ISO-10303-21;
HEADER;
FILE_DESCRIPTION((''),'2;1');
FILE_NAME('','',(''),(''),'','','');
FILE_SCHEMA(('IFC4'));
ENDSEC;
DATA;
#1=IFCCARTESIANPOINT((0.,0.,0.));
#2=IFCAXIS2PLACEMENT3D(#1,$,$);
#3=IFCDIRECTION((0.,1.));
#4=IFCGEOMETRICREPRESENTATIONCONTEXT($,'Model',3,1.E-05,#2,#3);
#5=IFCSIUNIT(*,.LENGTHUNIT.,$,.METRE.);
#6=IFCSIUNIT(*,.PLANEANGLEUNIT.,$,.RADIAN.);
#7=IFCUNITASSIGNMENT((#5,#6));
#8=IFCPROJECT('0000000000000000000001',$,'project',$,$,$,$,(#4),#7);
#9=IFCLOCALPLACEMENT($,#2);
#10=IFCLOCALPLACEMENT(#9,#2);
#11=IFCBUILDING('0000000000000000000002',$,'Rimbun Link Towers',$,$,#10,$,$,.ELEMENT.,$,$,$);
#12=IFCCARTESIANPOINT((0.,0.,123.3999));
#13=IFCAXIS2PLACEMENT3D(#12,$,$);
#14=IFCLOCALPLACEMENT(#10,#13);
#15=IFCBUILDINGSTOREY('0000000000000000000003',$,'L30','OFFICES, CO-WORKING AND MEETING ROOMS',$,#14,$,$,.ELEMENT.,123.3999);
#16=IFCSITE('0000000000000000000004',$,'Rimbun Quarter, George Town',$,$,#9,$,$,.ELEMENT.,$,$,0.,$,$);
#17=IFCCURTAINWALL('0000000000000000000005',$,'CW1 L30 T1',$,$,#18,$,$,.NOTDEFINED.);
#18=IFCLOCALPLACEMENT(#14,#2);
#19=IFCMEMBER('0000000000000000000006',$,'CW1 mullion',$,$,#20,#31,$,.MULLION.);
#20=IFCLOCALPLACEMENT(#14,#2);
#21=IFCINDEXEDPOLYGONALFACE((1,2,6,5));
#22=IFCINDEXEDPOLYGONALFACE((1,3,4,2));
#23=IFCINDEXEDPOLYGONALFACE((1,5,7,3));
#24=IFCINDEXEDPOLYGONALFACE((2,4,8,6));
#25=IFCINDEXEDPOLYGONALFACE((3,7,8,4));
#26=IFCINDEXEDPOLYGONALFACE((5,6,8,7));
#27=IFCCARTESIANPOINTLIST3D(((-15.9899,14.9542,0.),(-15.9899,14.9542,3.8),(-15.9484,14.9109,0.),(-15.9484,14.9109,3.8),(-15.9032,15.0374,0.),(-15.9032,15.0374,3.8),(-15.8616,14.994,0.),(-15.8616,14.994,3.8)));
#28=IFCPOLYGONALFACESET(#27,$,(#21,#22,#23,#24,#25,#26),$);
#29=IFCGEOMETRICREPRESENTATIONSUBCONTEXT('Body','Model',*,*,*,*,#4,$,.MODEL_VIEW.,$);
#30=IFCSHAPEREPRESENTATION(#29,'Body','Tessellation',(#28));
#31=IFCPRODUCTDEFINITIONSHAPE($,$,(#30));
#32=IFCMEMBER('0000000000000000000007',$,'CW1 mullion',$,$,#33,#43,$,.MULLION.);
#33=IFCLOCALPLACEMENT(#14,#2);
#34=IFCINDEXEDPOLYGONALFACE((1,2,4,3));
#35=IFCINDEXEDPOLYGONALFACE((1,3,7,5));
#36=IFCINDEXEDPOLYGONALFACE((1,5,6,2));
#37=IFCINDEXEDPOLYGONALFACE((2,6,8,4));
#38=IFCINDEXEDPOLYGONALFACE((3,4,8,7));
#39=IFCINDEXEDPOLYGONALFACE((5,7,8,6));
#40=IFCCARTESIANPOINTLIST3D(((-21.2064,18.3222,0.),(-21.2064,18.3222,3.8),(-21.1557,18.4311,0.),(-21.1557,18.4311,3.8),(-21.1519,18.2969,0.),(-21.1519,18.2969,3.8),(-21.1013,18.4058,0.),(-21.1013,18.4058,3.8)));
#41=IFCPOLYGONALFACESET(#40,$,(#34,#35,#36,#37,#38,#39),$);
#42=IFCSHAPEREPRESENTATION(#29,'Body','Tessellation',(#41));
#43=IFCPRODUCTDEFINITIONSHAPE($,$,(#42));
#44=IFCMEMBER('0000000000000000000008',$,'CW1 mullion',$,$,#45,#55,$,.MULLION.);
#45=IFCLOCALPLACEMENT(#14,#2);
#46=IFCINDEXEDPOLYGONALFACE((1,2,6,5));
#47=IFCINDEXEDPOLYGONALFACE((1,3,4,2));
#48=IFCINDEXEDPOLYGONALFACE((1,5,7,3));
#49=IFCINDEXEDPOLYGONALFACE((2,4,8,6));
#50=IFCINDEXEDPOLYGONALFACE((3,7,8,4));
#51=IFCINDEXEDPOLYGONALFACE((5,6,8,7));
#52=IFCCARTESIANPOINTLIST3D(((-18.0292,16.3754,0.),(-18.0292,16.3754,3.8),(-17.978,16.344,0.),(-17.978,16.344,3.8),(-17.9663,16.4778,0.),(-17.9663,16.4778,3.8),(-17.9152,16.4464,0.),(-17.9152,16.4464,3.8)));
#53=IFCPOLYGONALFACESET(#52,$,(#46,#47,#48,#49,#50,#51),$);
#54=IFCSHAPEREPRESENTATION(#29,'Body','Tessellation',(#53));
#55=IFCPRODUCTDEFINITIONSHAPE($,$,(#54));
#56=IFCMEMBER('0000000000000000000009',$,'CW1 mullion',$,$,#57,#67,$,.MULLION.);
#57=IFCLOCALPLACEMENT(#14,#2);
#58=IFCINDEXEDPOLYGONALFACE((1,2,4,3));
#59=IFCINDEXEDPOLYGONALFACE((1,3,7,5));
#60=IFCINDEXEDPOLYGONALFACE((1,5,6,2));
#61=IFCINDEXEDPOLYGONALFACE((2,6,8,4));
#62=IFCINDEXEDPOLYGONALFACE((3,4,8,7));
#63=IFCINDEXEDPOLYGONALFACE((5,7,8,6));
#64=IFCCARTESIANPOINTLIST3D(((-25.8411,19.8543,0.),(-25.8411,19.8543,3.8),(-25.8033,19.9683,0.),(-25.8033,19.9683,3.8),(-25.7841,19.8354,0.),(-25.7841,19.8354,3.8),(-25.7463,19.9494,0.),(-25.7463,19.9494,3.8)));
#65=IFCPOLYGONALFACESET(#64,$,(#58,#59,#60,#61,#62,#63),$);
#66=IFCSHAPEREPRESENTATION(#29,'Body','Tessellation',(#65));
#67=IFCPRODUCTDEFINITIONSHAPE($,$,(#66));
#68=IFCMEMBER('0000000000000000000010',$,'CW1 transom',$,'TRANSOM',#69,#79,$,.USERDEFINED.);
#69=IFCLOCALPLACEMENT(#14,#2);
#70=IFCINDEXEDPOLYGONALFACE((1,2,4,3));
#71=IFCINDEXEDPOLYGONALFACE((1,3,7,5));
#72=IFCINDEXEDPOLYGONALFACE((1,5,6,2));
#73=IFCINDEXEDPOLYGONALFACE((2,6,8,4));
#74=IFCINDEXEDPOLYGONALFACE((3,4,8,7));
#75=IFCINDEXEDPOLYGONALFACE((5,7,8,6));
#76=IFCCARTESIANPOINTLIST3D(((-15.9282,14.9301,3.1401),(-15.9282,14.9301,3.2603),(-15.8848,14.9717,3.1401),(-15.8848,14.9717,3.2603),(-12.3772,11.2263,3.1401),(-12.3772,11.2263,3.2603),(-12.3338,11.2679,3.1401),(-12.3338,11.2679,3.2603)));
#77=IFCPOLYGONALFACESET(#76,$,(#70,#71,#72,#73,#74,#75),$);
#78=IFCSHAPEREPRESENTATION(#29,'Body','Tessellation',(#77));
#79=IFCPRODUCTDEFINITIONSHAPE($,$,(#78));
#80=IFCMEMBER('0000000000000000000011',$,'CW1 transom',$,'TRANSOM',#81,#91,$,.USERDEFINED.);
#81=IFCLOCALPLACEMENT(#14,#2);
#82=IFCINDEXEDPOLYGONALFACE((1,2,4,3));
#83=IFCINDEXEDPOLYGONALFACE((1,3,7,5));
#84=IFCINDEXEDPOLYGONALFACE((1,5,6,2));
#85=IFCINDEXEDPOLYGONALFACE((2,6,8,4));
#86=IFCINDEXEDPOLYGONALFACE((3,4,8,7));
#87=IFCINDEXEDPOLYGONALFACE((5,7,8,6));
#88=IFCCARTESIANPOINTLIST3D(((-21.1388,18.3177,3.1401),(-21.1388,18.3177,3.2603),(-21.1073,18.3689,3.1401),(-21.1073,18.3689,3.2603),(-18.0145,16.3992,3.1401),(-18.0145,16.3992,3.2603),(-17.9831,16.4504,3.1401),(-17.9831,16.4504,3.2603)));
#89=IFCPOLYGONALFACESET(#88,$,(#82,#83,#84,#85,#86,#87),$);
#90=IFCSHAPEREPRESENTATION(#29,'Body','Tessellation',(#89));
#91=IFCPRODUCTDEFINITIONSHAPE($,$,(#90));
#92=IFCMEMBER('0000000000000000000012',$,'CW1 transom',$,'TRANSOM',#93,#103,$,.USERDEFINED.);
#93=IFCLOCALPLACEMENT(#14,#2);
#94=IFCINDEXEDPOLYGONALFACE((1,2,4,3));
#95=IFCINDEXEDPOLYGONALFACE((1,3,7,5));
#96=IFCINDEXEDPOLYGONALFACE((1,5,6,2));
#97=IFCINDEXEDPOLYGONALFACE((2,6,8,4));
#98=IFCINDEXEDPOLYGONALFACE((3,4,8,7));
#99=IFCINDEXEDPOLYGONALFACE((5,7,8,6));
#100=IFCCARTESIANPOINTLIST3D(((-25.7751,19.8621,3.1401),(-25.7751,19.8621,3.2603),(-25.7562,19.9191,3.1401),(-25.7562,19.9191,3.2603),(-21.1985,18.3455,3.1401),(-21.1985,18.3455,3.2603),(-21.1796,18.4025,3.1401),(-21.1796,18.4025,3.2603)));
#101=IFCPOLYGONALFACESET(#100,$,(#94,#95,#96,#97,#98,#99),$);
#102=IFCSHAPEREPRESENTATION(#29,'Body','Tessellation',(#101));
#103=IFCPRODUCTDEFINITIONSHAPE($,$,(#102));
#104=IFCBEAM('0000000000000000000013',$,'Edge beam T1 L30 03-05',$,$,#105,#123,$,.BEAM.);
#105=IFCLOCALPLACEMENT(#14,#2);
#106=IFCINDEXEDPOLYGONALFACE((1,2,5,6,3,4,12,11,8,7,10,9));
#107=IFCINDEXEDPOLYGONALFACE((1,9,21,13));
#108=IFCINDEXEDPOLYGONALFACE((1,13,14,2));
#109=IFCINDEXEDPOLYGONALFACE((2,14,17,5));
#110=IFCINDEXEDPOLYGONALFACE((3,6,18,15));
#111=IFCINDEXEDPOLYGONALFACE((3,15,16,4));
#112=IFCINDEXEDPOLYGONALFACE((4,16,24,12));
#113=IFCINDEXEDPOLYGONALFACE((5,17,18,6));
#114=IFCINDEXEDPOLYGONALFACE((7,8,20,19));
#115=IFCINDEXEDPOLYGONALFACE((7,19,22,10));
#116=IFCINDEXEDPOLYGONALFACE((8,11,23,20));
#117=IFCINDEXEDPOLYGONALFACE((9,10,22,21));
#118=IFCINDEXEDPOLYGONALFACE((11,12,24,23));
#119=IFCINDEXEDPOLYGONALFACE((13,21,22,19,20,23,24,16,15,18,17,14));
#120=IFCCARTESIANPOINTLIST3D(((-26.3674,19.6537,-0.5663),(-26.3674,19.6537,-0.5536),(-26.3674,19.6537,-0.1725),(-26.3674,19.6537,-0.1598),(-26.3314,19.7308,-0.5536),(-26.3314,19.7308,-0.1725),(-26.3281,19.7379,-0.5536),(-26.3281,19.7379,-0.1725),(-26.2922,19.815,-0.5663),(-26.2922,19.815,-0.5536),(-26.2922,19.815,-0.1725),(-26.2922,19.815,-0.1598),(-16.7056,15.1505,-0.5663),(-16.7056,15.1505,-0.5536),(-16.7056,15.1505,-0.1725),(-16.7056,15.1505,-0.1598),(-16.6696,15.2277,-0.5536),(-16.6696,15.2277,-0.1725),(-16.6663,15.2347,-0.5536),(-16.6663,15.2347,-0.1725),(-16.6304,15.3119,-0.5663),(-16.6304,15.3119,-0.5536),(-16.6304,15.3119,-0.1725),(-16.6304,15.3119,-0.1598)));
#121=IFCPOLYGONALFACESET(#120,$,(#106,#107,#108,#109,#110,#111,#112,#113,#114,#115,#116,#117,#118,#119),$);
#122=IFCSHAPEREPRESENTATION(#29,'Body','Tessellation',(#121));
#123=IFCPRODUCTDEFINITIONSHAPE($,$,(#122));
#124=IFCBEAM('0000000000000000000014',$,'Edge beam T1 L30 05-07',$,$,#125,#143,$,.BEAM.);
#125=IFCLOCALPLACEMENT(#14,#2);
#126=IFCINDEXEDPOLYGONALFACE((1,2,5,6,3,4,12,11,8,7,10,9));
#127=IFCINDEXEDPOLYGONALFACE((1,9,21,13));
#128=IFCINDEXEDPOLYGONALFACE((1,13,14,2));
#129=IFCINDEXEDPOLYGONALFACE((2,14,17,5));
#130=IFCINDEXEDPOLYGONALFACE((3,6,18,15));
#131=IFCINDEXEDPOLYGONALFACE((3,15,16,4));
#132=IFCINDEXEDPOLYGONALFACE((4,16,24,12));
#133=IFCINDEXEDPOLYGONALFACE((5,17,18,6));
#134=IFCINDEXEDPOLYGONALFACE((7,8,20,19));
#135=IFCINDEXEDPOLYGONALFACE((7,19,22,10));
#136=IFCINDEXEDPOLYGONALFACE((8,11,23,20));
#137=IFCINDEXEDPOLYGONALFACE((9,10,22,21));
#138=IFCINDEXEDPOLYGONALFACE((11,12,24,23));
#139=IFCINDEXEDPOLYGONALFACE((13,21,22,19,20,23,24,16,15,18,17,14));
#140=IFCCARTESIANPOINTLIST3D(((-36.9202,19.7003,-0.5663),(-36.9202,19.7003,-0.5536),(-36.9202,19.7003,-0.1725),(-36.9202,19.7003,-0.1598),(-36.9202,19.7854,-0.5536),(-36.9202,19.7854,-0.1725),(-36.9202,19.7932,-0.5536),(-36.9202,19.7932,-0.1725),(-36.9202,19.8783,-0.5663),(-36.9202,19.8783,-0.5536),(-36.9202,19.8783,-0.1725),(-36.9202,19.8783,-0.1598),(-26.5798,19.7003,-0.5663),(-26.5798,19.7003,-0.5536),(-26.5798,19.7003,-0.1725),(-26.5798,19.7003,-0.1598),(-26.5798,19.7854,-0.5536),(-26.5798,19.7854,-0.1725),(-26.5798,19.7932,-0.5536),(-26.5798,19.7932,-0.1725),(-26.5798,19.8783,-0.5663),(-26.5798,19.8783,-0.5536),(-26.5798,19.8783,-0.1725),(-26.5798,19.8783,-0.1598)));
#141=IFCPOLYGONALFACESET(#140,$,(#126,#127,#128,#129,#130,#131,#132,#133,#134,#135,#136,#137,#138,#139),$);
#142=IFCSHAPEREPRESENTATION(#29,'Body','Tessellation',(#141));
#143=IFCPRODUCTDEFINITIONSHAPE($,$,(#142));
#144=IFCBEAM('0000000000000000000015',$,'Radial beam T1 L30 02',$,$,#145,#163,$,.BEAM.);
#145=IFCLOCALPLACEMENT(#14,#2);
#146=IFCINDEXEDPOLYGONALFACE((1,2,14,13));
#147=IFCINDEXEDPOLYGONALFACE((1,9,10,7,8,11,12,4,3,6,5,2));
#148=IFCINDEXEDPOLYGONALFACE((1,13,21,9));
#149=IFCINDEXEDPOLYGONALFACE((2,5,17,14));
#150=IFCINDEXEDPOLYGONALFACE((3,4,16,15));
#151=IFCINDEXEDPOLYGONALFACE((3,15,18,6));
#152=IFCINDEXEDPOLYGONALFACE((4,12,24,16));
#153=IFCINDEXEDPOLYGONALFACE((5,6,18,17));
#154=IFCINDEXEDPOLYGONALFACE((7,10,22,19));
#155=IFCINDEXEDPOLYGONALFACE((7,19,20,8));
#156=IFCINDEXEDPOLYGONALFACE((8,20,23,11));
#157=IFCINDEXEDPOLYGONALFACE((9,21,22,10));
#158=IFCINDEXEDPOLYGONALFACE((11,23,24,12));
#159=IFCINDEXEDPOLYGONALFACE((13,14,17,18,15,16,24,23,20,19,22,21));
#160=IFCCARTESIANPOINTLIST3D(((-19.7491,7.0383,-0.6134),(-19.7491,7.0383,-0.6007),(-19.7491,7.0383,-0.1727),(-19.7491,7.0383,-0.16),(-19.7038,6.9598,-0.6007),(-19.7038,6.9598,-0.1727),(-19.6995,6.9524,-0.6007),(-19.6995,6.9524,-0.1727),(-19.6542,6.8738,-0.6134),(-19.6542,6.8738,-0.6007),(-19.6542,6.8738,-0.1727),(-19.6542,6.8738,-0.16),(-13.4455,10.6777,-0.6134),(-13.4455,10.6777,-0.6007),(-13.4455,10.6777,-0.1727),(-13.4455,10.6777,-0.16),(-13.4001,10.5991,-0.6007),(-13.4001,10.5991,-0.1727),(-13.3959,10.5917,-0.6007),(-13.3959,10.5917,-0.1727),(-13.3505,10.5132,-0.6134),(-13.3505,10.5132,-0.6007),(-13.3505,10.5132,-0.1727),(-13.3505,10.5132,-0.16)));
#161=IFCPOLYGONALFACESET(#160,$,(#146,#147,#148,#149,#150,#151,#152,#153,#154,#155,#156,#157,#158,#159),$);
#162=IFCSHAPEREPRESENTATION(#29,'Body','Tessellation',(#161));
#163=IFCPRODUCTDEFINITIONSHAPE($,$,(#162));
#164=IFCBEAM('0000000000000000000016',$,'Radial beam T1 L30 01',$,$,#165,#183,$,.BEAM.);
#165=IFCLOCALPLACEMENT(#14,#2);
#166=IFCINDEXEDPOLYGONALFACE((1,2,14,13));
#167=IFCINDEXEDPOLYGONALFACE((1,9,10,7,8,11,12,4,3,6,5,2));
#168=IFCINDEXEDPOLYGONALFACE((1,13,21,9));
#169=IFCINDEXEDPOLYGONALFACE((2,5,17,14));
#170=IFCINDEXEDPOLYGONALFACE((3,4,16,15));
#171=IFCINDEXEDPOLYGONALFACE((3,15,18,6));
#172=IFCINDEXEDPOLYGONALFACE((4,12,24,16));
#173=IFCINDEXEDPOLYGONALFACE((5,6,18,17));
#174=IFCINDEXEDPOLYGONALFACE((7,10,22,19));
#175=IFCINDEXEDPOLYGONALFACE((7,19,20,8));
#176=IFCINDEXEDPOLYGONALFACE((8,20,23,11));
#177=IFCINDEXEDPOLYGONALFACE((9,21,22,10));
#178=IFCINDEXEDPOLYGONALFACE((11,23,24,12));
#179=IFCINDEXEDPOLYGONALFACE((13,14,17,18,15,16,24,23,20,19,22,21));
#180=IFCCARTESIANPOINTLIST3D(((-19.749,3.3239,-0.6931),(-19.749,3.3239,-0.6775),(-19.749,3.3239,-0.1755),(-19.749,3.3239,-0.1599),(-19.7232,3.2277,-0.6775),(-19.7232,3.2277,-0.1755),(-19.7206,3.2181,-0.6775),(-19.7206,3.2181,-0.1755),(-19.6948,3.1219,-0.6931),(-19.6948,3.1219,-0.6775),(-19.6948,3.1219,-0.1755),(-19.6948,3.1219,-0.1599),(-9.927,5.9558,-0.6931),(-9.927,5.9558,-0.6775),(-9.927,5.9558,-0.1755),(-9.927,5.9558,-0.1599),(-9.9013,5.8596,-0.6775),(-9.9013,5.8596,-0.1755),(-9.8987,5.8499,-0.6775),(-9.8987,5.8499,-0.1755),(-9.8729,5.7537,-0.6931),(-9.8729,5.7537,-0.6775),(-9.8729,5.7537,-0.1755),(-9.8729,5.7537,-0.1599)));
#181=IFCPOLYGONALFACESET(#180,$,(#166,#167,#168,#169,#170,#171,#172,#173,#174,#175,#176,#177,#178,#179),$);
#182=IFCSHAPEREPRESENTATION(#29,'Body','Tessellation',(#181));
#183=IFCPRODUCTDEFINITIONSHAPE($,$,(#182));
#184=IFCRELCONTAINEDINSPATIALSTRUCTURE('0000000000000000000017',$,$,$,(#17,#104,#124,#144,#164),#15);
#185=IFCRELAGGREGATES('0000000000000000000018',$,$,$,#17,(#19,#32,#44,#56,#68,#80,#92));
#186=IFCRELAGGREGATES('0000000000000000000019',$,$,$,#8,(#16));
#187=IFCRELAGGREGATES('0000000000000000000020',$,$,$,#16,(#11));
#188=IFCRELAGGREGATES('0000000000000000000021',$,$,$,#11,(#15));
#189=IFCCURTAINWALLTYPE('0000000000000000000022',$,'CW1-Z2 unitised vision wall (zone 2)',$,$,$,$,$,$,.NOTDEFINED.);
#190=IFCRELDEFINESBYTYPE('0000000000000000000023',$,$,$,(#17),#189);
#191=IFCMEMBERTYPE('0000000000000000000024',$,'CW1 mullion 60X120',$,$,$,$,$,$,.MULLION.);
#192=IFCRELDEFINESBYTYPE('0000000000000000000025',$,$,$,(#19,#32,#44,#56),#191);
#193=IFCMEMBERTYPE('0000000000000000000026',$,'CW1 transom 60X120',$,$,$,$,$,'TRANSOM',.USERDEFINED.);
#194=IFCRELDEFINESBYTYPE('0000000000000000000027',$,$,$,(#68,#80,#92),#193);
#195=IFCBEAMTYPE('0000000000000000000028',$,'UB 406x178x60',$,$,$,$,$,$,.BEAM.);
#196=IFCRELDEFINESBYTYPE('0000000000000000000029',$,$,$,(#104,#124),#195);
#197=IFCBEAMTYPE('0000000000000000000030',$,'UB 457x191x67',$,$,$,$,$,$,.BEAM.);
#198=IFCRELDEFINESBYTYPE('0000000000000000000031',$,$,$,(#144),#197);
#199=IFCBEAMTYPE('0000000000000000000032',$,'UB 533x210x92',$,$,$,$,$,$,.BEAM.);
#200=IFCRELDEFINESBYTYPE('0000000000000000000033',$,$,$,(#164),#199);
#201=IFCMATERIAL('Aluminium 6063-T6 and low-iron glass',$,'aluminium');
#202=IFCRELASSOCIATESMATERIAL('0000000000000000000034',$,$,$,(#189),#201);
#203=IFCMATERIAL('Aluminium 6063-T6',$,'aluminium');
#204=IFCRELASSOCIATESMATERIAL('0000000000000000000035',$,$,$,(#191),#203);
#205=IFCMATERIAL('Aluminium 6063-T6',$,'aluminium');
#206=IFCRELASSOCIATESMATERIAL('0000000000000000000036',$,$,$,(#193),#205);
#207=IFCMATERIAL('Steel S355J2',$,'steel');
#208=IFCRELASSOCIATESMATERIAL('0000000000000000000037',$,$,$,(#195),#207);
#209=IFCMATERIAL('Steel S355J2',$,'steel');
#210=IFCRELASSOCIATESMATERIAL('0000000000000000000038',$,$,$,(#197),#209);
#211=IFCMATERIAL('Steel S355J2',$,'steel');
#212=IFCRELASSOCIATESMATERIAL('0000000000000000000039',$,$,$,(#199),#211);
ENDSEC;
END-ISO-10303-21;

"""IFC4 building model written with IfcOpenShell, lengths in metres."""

from ifc_helpers import new_model, si_unit, direction, frame, origin, origin_2d, place, context, subcontext, project, spatial, rectangle, i_section, extrude, material, material_profile, profile_set, type_object, element, aggregate, save


model = new_model("IFC4")

# Units and contexts
model_context = context("Model", 3, precision=1e-05, world=origin(), true_north=direction((0.0, 1.0)))
body_context = subcontext(model_context, "Body", "Model", "MODEL_VIEW")
ifc_project = project(units=[si_unit("LENGTHUNIT", "METRE"), si_unit("PLANEANGLEUNIT", "RADIAN")], contexts=[model_context])

# Site, building, storey
site_placement = place(None, origin())
site = spatial("IfcSite", under=ifc_project, at=site_placement, Name="Rimbun Quarter, George Town", CompositionType="ELEMENT", RefElevation=0.0)
building_placement = place(site_placement, origin())
building = spatial("IfcBuilding", under=site, at=building_placement, Name="Rimbun Link Towers", CompositionType="ELEMENT")
storey_placement = place(building_placement, frame((0.0, 0.0, 123.3999)))
storey = spatial("IfcBuildingStorey", under=building, at=storey_placement, Name="L30", Description="OFFICES, CO-WORKING AND MEETING ROOMS", CompositionType="ELEMENT", Elevation=123.3999)

# Curtain wall, members
ifc_material_1 = material(Name="Aluminium 6063-T6 and low-iron glass", Category="aluminium")
curtain_wall_type = type_object("IfcCurtainWallType", Name="CW1-Z2 unitised vision wall (zone 2)", PredefinedType="NOTDEFINED", material=ifc_material_1)
curtain_wall_placement = place(storey_placement, origin())
curtain_wall = element("IfcCurtainWall", 1, at=curtain_wall_placement, inside=storey, type_object=curtain_wall_type, Name="CW1 L30 T1", PredefinedType="NOTDEFINED")
ifc_material_2 = material(Name="Aluminium 6063-T6", Category="aluminium")
ifc_material_profile_1 = material_profile(ifc_material_2, rectangle(XDim=0.1201, YDim=0.0601, at=origin_2d()), Name="MULLION 60X120")
ifc_profile_set_1 = profile_set([ifc_material_profile_1], Name="Aluminium 6063-T6")
member_type_1 = type_object("IfcMemberType", Name="CW1 mullion 60X120", PredefinedType="MULLION", material=ifc_profile_set_1)
member_1_placement = place(storey_placement, frame((-15.9258, 14.9741, 0.0), z_axis=(0.0, 0.0, 1.0), x_axis=(0.721835, 0.692065, 0.0)))
member_1 = element("IfcMember", 2, at=member_1_placement, type_object=member_type_1, Name="CW1 mullion", PredefinedType="MULLION", context=body_context, shape_type="SweptSolid", body=[
    extrude(rectangle(XDim=0.1201, YDim=0.0601, at=origin_2d()), origin(), (0.0, 0.0, 1.0), 3.8),
])
member_2_placement = place(storey_placement, frame((-21.1538, 18.364, 0.0), z_axis=(0.0, 0.0, 1.0), x_axis=(0.421705, 0.906733, 0.0)))
member_2 = element("IfcMember", 3, at=member_2_placement, type_object=member_type_1, Name="CW1 mullion", PredefinedType="MULLION", context=body_context, shape_type="SweptSolid", body=[
    extrude(rectangle(XDim=0.1201, YDim=0.0601, at=origin_2d()), origin(), (0.0, 0.0, 1.0), 3.8),
])
member_3_placement = place(storey_placement, frame((-17.9722, 16.4109, 0.0), z_axis=(0.0, 0.0, 1.0), x_axis=(0.523243, 0.852183, 0.0)))
member_3 = element("IfcMember", 4, at=member_3_placement, type_object=member_type_1, Name="CW1 mullion", PredefinedType="MULLION", context=body_context, shape_type="SweptSolid", body=[
    extrude(rectangle(XDim=0.1201, YDim=0.0601, at=origin_2d()), origin(), (0.0, 0.0, 1.0), 3.8),
])
member_4_placement = place(storey_placement, frame((-25.7937, 19.9019, 0.0), z_axis=(0.0, 0.0, 1.0), x_axis=(0.314563, 0.949236, 0.0)))
member_4 = element("IfcMember", 5, at=member_4_placement, type_object=member_type_1, Name="CW1 mullion", PredefinedType="MULLION", context=body_context, shape_type="SweptSolid", body=[
    extrude(rectangle(XDim=0.1201, YDim=0.0601, at=origin_2d()), origin(), (0.0, 0.0, 1.0), 3.8),
])
ifc_material_3 = material(Name="Aluminium 6063-T6", Category="aluminium")
ifc_material_profile_2 = material_profile(ifc_material_3, rectangle(XDim=0.0601, YDim=0.1201, at=origin_2d()), Name="TRANSOM 60X120")
ifc_profile_set_2 = profile_set([ifc_material_profile_2], Name="Aluminium 6063-T6")
member_type_2 = type_object("IfcMemberType", Name="CW1 transom 60X120", ElementType="TRANSOM", PredefinedType="USERDEFINED", material=ifc_profile_set_2)
member_5_placement = place(storey_placement, frame((-15.9065, 14.9509, 3.2002), z_axis=(0.692057, -0.721843, 0.0), x_axis=(0.721843, 0.692057, 0.0)))
member_5 = element("IfcMember", 6, at=member_5_placement, type_object=member_type_2, Name="CW1 transom", ObjectType="TRANSOM", PredefinedType="USERDEFINED", context=body_context, shape_type="SweptSolid", body=[
    extrude(rectangle(XDim=0.0601, YDim=0.1201, at=origin_2d()), origin(), (0.0, 0.0, 1.0), 5.1311),
])
member_6_placement = place(storey_placement, frame((-21.123, 18.3433, 3.2002), z_axis=(0.852165, -0.523272, 0.0), x_axis=(0.523272, 0.852165, 0.0)))
member_6 = element("IfcMember", 7, at=member_6_placement, type_object=member_type_2, Name="CW1 transom", ObjectType="TRANSOM", PredefinedType="USERDEFINED", context=body_context, shape_type="SweptSolid", body=[
    extrude(rectangle(XDim=0.0601, YDim=0.1201, at=origin_2d()), origin(), (0.0, 0.0, 1.0), 3.6663),
])
member_7_placement = place(storey_placement, frame((-25.7656, 19.8906, 3.2002), z_axis=(0.949234, -0.314571, 0.0), x_axis=(0.314571, 0.949234, 0.0)))
member_7 = element("IfcMember", 8, at=member_7_placement, type_object=member_type_2, Name="CW1 transom", ObjectType="TRANSOM", PredefinedType="USERDEFINED", context=body_context, shape_type="SweptSolid", body=[
    extrude(rectangle(XDim=0.0601, YDim=0.1201, at=origin_2d()), origin(), (0.0, 0.0, 1.0), 4.8213),
])

# Beams
ifc_material_4 = material(Name="Steel S355J2", Category="steel")
ifc_material_profile_3 = material_profile(ifc_material_4, i_section(OverallWidth=0.178, OverallDepth=0.4065, WebThickness=0.0078, FlangeThickness=0.0127, at=origin_2d()), Name="UB 406x178x60")
ifc_profile_set_3 = profile_set([ifc_material_profile_3], Name="Steel S355J2")
beam_type_1 = type_object("IfcBeamType", Name="UB 406x178x60", PredefinedType="BEAM", material=ifc_profile_set_3)
beam_1_placement = place(storey_placement, frame((-16.668, 15.2312, -0.363), z_axis=(-0.906388, 0.422447, 0.0), x_axis=(-0.422447, -0.906388, 0.0)))
element("IfcBeam", 9, at=beam_1_placement, inside=storey, type_object=beam_type_1, Name="Edge beam T1 L30 03-05", PredefinedType="BEAM", context=body_context, shape_type="SweptSolid", body=[
    extrude(i_section(OverallWidth=0.178, OverallDepth=0.4065, WebThickness=0.0078, FlangeThickness=0.0127, at=origin_2d()), origin(), (0.0, 0.0, 1.0), 10.6597),
])
beam_2_placement = place(storey_placement, frame((-26.5798, 19.7893, -0.363), z_axis=(-1.0, 0.0, 0.0), x_axis=(0.0, -1.0, 0.0)))
element("IfcBeam", 10, at=beam_2_placement, inside=storey, type_object=beam_type_1, Name="Edge beam T1 L30 05-07", PredefinedType="BEAM", context=body_context, shape_type="SweptSolid", body=[
    extrude(i_section(OverallWidth=0.178, OverallDepth=0.4065, WebThickness=0.0078, FlangeThickness=0.0127, at=origin_2d()), origin(), (0.0, 0.0, 1.0), 10.3403),
])
ifc_material_5 = material(Name="Steel S355J2", Category="steel")
ifc_material_profile_4 = material_profile(ifc_material_5, i_section(OverallWidth=0.1899, OverallDepth=0.4534, WebThickness=0.0085, FlangeThickness=0.0127, at=origin_2d()), Name="UB 457x191x67")
ifc_profile_set_4 = profile_set([ifc_material_profile_4], Name="Steel S355J2")
beam_type_2 = type_object("IfcBeamType", Name="UB 457x191x67", PredefinedType="BEAM", material=ifc_profile_set_4)
beam_3_placement = place(storey_placement, frame((-19.7017, 6.9561, -0.3867), z_axis=(0.866028, 0.499995, 0.0), x_axis=(-0.499995, 0.866028, 0.0)))
element("IfcBeam", 11, at=beam_3_placement, inside=storey, type_object=beam_type_2, Name="Radial beam T1 L30 02", PredefinedType="BEAM", context=body_context, shape_type="SweptSolid", body=[
    extrude(i_section(OverallWidth=0.1899, OverallDepth=0.4534, WebThickness=0.0085, FlangeThickness=0.0127, at=origin_2d()), origin(), (0.0, 0.0, 1.0), 7.2788),
])
ifc_material_6 = material(Name="Steel S355J2", Category="steel")
ifc_material_profile_5 = material_profile(ifc_material_6, i_section(OverallWidth=0.2092, OverallDepth=0.5332, WebThickness=0.01, FlangeThickness=0.0156, at=origin_2d()), Name="UB 533x210x92")
ifc_profile_set_5 = profile_set([ifc_material_profile_5], Name="Steel S355J2")
beam_type_3 = type_object("IfcBeamType", Name="UB 533x210x92", PredefinedType="BEAM", material=ifc_profile_set_5)
beam_4_placement = place(storey_placement, frame((-19.7219, 3.2229, -0.4265), z_axis=(0.965925, 0.258822, 0.0), x_axis=(-0.258822, 0.965925, 0.0)))
element("IfcBeam", 12, at=beam_4_placement, inside=storey, type_object=beam_type_3, Name="Radial beam T1 L30 01", PredefinedType="BEAM", context=body_context, shape_type="SweptSolid", body=[
    extrude(i_section(OverallWidth=0.2092, OverallDepth=0.5332, WebThickness=0.01, FlangeThickness=0.0156, at=origin_2d()), origin(), (0.0, 0.0, 1.0), 10.1685),
])

aggregate(curtain_wall, [member_1, member_2, member_3, member_4, member_5, member_6, member_7])

save(model, "model.ifc")
